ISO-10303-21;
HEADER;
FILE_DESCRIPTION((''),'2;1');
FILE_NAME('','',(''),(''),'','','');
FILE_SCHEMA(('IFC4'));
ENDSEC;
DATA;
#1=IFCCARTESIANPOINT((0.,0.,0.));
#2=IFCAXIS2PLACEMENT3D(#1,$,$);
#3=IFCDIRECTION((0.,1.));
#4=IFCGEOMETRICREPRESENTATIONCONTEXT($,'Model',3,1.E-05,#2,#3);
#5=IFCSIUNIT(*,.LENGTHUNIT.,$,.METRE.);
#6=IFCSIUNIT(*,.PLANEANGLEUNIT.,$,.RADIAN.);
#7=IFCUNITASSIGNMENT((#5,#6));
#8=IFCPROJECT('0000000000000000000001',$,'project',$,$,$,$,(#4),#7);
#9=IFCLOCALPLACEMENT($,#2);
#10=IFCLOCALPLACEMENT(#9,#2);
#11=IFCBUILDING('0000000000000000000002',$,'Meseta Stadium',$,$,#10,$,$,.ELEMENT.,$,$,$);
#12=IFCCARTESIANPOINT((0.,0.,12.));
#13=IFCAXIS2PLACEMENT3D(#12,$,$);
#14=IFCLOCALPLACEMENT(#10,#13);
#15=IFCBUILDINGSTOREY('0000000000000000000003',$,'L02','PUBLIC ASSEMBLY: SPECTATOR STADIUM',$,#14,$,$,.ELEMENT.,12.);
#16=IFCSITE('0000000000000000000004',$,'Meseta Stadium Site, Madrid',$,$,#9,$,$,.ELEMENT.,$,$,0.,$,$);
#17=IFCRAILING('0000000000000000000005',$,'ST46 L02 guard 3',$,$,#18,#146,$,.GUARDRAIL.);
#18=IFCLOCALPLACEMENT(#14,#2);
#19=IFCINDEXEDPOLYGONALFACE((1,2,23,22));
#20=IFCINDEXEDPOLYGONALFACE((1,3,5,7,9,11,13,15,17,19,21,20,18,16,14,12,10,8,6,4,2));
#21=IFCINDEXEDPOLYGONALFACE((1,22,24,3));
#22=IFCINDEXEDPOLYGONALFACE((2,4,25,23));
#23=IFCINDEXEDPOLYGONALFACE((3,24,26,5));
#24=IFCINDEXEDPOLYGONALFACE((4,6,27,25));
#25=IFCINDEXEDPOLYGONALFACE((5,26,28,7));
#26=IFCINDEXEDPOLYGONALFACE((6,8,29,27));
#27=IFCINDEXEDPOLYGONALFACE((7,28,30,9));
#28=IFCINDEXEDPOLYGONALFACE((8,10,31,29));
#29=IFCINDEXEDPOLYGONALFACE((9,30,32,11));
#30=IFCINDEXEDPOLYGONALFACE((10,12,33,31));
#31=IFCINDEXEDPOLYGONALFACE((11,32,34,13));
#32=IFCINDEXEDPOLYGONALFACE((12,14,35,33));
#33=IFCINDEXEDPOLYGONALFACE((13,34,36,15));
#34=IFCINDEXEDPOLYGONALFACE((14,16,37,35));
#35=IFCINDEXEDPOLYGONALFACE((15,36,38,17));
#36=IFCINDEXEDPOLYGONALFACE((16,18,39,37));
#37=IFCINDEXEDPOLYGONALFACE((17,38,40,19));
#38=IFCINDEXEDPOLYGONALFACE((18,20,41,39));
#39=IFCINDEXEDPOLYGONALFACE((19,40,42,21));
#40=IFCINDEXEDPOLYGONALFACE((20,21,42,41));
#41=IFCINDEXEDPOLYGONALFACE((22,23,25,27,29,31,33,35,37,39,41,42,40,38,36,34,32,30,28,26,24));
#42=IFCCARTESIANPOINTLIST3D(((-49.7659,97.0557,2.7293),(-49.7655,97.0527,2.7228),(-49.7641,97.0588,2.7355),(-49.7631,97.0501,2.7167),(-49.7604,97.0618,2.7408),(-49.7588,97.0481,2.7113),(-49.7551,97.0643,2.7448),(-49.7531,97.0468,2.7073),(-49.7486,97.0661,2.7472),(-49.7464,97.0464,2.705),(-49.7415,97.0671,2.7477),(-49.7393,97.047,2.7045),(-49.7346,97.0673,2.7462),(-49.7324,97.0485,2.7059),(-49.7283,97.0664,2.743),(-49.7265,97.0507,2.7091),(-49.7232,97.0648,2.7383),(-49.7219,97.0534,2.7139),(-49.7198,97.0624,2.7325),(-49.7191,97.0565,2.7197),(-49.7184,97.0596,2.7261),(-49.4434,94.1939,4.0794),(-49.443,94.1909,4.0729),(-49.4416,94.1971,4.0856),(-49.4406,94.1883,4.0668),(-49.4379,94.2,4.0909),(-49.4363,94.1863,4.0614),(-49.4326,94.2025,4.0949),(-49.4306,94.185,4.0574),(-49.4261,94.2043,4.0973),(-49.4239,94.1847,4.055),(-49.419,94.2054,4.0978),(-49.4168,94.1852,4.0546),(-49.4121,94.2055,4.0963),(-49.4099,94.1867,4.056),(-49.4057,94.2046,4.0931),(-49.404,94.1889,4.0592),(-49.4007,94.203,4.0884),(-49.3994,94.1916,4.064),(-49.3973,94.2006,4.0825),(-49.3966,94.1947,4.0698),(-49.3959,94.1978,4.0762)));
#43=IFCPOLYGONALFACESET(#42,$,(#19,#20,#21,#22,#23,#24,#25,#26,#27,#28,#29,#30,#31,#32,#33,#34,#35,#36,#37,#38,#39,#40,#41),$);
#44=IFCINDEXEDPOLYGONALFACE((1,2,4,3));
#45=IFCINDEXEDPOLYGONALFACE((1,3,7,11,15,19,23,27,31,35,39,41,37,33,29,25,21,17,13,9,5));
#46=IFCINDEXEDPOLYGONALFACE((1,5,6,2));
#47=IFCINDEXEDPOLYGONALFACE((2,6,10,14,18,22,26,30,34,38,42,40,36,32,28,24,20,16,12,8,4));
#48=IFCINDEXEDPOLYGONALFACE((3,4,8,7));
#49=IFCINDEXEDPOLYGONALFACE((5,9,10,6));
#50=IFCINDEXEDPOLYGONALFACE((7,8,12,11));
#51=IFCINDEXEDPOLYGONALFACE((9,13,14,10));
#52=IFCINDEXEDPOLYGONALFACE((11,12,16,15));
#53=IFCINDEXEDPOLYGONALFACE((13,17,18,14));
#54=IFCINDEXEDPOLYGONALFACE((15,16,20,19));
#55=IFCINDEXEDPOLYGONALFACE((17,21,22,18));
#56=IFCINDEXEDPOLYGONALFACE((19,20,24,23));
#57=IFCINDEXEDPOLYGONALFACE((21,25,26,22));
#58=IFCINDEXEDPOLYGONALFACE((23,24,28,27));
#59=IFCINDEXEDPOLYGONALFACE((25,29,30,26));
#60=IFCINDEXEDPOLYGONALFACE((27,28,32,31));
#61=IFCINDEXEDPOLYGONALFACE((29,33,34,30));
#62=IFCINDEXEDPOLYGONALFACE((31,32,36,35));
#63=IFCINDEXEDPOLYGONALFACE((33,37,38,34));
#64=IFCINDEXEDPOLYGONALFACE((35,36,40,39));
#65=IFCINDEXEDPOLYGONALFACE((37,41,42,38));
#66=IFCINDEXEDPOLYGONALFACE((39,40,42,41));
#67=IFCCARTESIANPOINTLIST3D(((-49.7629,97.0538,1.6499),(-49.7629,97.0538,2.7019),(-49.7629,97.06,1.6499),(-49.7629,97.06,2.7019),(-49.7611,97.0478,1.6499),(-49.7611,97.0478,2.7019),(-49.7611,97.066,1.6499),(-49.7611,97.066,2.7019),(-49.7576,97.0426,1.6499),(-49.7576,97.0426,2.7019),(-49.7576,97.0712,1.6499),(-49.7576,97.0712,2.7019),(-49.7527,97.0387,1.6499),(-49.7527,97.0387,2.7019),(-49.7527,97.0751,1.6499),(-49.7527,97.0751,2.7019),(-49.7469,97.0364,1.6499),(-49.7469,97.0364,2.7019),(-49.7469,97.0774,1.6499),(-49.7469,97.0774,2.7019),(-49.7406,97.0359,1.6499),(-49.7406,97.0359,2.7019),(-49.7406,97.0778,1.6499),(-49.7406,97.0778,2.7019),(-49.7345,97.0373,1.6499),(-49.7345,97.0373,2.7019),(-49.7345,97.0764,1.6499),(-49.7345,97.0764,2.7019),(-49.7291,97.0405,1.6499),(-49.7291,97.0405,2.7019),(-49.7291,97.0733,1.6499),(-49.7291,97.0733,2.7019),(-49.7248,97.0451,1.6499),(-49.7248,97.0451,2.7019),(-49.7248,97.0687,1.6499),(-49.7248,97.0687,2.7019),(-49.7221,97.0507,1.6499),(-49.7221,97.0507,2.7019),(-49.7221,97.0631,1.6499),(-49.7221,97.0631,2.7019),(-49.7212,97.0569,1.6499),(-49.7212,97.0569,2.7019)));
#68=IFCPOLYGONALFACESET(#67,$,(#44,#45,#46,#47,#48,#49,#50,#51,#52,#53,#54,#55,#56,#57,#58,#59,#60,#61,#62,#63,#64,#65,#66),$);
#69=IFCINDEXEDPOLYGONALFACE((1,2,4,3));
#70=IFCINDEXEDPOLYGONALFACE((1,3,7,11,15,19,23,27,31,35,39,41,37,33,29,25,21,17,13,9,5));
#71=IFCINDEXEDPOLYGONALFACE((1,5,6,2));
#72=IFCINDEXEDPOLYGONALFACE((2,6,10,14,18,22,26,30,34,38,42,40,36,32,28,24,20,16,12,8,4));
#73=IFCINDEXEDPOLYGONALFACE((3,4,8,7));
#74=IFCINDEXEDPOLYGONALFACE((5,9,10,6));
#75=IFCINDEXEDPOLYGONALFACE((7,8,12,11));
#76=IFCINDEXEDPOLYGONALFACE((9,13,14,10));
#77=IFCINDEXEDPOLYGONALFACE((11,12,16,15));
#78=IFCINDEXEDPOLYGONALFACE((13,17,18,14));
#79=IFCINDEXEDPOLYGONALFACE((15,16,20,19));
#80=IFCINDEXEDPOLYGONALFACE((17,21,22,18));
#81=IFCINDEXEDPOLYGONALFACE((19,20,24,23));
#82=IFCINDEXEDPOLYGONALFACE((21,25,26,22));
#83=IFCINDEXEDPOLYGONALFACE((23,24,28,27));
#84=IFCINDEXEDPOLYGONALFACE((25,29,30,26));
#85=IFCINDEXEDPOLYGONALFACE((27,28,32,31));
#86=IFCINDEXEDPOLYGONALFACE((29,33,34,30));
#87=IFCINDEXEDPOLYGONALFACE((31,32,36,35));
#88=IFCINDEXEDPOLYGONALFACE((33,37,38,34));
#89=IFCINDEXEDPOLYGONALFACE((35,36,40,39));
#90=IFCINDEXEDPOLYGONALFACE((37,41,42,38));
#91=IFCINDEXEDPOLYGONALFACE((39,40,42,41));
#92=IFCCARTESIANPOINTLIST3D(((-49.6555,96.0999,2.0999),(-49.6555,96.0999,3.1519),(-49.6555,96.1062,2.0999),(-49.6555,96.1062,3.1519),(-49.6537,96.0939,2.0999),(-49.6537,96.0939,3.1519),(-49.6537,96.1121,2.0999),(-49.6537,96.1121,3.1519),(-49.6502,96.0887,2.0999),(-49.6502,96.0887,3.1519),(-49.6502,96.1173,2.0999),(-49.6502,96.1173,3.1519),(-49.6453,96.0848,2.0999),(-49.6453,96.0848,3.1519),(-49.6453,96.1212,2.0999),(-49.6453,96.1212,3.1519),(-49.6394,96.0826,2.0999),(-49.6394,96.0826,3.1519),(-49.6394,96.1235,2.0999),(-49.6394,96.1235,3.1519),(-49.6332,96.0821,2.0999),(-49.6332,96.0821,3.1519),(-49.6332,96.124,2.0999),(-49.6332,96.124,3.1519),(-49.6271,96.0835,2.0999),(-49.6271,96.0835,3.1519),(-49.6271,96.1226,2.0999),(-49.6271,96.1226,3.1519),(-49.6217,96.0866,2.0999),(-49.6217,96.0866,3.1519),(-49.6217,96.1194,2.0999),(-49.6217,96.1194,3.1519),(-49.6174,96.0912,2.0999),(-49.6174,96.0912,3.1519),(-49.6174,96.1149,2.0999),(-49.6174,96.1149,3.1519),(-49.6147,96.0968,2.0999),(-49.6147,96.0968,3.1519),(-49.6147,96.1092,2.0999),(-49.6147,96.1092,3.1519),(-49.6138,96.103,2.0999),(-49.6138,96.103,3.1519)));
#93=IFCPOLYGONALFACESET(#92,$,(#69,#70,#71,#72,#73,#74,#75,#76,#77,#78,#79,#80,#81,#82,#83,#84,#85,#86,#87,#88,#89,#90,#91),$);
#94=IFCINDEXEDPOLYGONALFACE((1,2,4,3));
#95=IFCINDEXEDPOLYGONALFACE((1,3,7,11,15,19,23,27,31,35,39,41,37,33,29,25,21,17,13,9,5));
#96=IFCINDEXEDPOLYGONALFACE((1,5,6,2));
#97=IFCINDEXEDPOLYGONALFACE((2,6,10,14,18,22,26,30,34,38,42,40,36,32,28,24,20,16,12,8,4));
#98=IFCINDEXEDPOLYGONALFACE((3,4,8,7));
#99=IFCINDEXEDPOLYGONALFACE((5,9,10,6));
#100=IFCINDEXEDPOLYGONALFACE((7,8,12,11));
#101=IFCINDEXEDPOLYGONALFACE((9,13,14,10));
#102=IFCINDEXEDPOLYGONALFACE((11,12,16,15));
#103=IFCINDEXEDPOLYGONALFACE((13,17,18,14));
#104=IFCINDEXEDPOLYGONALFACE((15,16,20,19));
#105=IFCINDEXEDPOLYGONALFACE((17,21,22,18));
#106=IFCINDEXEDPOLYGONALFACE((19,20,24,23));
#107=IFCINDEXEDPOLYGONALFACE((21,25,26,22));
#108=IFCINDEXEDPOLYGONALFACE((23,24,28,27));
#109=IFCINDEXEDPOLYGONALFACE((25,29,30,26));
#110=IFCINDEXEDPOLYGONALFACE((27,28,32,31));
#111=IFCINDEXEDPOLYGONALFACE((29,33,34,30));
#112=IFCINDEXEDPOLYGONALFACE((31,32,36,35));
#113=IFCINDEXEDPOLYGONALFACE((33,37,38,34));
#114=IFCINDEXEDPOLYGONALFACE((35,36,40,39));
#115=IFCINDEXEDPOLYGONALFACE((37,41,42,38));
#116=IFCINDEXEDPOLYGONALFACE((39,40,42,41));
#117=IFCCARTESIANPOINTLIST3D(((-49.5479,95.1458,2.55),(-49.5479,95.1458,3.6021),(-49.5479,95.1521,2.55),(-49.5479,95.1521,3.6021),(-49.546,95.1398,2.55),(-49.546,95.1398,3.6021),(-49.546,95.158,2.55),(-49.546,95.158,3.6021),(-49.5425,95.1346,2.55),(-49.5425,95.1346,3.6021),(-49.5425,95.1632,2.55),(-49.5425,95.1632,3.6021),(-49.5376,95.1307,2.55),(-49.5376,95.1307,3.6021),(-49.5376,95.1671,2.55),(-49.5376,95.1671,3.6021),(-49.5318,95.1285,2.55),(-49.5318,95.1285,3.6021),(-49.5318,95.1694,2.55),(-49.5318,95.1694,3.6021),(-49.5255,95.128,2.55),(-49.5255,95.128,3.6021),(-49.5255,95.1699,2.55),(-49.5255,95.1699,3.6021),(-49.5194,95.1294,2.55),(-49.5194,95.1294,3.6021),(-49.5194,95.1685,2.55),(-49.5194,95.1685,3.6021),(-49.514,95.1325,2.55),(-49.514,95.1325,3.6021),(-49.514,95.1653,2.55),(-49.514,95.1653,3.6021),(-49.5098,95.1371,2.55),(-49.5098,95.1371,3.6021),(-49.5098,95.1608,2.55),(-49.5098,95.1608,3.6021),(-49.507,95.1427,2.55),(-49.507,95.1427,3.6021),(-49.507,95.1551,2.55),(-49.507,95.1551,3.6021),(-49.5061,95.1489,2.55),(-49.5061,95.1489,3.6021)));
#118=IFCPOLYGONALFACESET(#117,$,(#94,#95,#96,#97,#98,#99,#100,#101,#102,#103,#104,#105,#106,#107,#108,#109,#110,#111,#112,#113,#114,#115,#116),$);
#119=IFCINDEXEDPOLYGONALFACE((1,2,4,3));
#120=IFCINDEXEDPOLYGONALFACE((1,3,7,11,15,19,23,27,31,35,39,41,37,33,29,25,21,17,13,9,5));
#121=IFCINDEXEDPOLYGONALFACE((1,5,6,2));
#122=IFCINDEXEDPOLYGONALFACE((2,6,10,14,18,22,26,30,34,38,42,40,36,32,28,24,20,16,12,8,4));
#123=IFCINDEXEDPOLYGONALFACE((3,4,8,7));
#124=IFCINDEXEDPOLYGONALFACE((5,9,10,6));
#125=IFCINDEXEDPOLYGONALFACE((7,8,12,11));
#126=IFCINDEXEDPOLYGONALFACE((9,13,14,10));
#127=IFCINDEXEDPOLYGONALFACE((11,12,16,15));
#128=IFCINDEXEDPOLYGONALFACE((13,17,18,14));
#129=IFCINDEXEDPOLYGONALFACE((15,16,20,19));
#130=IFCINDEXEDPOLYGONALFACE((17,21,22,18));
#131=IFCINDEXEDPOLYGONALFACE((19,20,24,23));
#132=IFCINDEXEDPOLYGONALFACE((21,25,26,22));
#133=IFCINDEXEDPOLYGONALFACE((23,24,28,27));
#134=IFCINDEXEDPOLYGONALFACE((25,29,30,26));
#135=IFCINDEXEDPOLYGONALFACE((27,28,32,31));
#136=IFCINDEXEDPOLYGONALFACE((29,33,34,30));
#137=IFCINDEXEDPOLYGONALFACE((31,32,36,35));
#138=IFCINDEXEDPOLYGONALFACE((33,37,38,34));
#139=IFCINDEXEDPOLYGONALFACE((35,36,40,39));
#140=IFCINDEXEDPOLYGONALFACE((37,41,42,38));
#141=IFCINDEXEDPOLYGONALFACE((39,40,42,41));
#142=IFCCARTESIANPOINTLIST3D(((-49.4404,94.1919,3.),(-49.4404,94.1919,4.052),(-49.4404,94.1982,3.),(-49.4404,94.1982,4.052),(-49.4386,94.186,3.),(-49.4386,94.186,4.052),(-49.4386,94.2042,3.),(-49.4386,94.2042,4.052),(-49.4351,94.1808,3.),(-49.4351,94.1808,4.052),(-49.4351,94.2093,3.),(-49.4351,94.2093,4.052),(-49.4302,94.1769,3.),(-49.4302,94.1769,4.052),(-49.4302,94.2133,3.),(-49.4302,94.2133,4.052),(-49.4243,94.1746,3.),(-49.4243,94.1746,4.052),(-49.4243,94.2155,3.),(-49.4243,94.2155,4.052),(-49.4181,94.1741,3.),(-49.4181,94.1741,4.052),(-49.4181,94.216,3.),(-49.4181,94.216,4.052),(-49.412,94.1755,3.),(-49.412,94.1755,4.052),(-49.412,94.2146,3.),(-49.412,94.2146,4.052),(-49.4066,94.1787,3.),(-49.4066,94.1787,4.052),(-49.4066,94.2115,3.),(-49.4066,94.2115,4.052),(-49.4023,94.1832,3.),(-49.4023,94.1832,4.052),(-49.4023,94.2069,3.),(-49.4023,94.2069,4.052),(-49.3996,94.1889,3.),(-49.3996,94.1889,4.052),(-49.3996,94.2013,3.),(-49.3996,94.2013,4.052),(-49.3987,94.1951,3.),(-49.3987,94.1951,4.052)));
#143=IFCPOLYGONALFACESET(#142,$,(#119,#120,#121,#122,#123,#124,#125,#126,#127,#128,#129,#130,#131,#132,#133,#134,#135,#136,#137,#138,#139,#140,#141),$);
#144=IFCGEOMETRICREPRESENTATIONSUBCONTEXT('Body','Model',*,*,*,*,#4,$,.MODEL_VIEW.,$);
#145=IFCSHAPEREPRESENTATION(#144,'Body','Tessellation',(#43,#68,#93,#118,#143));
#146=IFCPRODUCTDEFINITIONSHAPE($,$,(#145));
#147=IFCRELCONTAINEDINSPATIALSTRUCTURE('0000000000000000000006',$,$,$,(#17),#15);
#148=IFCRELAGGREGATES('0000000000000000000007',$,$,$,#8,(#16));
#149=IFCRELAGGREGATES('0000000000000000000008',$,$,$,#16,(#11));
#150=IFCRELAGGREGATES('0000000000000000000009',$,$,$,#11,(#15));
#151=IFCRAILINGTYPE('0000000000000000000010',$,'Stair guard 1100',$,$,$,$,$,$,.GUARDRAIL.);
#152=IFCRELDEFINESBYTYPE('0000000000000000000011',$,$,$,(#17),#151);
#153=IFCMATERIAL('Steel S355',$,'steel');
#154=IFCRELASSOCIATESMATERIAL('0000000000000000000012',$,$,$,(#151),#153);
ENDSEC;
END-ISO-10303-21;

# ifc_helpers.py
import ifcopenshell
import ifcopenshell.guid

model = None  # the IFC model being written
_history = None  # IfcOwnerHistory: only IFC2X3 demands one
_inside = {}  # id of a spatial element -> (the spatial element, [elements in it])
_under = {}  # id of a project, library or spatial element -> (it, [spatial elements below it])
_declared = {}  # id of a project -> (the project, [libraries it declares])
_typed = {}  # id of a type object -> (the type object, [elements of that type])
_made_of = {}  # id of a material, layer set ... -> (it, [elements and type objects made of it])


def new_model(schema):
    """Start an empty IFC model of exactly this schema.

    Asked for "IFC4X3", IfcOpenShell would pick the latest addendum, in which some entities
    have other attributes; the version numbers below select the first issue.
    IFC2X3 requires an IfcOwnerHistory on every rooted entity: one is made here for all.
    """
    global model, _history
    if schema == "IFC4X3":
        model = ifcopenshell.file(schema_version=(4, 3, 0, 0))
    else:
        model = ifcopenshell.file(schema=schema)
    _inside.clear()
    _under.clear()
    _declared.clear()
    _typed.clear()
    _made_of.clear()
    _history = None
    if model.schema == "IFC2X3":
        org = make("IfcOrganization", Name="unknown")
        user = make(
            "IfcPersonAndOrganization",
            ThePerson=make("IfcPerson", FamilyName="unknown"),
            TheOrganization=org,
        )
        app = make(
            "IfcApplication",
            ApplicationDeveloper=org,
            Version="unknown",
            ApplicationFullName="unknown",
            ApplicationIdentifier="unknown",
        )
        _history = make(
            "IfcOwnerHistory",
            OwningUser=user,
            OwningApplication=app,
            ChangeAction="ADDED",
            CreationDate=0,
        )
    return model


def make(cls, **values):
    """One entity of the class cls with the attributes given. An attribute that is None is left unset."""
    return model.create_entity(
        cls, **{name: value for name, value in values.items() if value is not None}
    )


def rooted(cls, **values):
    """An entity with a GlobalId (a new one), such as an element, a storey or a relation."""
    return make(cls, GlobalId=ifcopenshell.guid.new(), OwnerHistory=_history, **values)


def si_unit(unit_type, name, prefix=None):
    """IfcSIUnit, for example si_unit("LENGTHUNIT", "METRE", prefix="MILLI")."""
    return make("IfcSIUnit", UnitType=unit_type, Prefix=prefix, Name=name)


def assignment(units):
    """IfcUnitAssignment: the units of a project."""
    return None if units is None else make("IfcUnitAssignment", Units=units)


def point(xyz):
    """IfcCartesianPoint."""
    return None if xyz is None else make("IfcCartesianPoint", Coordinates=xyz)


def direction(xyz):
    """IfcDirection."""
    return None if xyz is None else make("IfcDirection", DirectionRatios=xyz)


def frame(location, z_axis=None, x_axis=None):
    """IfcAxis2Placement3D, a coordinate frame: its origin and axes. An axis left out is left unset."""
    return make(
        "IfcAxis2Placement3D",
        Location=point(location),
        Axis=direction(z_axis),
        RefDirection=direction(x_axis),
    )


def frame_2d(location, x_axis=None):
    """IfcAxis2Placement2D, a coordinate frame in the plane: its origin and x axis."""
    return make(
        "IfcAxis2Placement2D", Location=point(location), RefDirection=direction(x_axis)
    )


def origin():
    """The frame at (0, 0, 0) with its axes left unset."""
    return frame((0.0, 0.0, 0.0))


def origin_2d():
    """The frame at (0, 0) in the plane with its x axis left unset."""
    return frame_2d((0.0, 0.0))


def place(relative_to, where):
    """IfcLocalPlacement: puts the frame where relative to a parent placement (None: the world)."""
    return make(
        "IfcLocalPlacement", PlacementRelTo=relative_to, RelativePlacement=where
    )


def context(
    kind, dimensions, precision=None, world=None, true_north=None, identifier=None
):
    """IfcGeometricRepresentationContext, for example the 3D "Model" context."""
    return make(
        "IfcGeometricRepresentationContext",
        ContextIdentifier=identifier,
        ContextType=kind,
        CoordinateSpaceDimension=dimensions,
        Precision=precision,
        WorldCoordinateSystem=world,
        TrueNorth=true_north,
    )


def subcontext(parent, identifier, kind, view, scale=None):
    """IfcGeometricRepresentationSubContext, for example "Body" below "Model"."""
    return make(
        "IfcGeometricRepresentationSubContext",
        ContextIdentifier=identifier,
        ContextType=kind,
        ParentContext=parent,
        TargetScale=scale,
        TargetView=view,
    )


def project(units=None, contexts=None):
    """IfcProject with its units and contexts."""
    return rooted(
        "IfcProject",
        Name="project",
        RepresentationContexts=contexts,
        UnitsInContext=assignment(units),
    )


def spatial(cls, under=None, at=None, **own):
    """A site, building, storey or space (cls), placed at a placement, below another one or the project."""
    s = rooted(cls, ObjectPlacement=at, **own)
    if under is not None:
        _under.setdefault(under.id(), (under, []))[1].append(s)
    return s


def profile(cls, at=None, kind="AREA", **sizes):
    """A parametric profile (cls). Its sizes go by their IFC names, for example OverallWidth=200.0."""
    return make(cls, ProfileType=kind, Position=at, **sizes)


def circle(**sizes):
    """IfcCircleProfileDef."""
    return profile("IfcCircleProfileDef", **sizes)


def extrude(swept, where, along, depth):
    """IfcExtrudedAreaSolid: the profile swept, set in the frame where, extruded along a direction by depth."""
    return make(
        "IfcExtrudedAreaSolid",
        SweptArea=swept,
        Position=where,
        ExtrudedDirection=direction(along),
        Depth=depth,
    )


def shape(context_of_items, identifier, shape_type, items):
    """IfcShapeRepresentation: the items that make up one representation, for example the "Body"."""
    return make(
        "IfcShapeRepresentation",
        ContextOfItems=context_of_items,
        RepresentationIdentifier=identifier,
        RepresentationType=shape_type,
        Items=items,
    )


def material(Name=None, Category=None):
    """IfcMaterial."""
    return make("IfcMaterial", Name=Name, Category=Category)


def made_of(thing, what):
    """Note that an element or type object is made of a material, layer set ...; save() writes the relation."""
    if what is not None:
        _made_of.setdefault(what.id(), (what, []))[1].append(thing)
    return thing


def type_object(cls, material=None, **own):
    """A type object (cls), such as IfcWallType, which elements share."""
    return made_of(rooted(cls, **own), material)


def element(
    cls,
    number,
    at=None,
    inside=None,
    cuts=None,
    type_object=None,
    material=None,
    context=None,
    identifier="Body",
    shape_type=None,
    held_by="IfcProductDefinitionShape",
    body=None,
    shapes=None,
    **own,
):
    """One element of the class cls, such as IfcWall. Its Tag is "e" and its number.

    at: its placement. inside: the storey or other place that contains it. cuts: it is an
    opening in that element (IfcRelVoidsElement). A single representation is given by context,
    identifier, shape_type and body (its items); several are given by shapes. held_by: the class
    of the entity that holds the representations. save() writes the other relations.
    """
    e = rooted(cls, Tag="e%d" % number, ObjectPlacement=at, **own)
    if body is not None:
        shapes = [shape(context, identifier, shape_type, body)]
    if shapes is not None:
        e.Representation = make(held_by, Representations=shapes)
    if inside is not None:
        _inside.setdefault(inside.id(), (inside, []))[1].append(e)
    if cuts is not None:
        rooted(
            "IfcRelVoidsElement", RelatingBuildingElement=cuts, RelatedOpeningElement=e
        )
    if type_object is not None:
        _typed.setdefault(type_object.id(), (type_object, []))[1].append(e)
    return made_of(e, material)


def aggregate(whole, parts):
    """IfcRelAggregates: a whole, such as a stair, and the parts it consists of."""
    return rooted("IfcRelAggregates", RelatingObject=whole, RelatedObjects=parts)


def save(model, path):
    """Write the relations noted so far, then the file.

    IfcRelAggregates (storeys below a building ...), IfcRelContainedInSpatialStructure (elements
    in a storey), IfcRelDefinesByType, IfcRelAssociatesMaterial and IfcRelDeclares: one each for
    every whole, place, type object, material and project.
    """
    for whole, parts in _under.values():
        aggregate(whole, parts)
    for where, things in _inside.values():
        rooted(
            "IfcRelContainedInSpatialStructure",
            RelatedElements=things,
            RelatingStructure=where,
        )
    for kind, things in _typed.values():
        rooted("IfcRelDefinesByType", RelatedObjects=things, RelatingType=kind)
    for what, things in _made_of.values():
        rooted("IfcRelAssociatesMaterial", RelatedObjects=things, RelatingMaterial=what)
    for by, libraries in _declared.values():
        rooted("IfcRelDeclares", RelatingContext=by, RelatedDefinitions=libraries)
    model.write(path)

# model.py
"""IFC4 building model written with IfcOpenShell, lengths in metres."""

from ifc_helpers import new_model, si_unit, direction, frame, origin, origin_2d, place, context, subcontext, project, spatial, circle, extrude, material, type_object, element, save


model = new_model("IFC4")

# Units and contexts
model_context = context("Model", 3, precision=1e-05, world=origin(), true_north=direction((0.0, 1.0)))
body_context = subcontext(model_context, "Body", "Model", "MODEL_VIEW")
ifc_project = project(units=[si_unit("LENGTHUNIT", "METRE"), si_unit("PLANEANGLEUNIT", "RADIAN")], contexts=[model_context])

# Site, building, storey
site_placement = place(None, origin())
site = spatial("IfcSite", under=ifc_project, at=site_placement, Name="Meseta Stadium Site, Madrid", CompositionType="ELEMENT", RefElevation=0.0)
building_placement = place(site_placement, origin())
building = spatial("IfcBuilding", under=site, at=building_placement, Name="Meseta Stadium", CompositionType="ELEMENT")
storey_placement = place(building_placement, frame((0.0, 0.0, 12.0)))
storey = spatial("IfcBuildingStorey", under=building, at=storey_placement, Name="L02", Description="PUBLIC ASSEMBLY: SPECTATOR STADIUM", CompositionType="ELEMENT", Elevation=12.0)

# Railing
ifc_material_1 = material(Name="Steel S355", Category="steel")
railing_type_1 = type_object("IfcRailingType", Name="Stair guard 1100", PredefinedType="GUARDRAIL", material=ifc_material_1)
railing_1_placement = place(storey_placement, frame((-49.7422, 97.0569, 1.6499)))
element("IfcRailing", 1, at=railing_1_placement, inside=storey, type_object=railing_type_1, Name="ST46 L02 guard 3", PredefinedType="GUARDRAIL", context=body_context, shape_type="SweptSolid", body=[
    extrude(circle(Radius=0.0239, at=origin_2d()), frame((0.0, 0.0, 1.0762), z_axis=(0.101396, -0.899748, 0.424467), x_axis=(0.99371, 0.111985, 0.0)), (0.0, 0.0, 1.0), 3.1807),
    extrude(circle(Radius=0.021, at=origin_2d()), origin(), (0.0, 0.0, 1.0), 1.052),
    extrude(circle(Radius=0.021, at=origin_2d()), frame((0.1074, -0.9539, 0.45)), (0.0, 0.0, 1.0), 1.052),
    extrude(circle(Radius=0.021, at=origin_2d()), frame((0.2151, -1.908, 0.9001)), (0.0, 0.0, 1.0), 1.052),
    extrude(circle(Radius=0.021, at=origin_2d()), frame((0.3225, -2.8618, 1.3501)), (0.0, 0.0, 1.0), 1.052),
])

save(model, "model.ifc")
